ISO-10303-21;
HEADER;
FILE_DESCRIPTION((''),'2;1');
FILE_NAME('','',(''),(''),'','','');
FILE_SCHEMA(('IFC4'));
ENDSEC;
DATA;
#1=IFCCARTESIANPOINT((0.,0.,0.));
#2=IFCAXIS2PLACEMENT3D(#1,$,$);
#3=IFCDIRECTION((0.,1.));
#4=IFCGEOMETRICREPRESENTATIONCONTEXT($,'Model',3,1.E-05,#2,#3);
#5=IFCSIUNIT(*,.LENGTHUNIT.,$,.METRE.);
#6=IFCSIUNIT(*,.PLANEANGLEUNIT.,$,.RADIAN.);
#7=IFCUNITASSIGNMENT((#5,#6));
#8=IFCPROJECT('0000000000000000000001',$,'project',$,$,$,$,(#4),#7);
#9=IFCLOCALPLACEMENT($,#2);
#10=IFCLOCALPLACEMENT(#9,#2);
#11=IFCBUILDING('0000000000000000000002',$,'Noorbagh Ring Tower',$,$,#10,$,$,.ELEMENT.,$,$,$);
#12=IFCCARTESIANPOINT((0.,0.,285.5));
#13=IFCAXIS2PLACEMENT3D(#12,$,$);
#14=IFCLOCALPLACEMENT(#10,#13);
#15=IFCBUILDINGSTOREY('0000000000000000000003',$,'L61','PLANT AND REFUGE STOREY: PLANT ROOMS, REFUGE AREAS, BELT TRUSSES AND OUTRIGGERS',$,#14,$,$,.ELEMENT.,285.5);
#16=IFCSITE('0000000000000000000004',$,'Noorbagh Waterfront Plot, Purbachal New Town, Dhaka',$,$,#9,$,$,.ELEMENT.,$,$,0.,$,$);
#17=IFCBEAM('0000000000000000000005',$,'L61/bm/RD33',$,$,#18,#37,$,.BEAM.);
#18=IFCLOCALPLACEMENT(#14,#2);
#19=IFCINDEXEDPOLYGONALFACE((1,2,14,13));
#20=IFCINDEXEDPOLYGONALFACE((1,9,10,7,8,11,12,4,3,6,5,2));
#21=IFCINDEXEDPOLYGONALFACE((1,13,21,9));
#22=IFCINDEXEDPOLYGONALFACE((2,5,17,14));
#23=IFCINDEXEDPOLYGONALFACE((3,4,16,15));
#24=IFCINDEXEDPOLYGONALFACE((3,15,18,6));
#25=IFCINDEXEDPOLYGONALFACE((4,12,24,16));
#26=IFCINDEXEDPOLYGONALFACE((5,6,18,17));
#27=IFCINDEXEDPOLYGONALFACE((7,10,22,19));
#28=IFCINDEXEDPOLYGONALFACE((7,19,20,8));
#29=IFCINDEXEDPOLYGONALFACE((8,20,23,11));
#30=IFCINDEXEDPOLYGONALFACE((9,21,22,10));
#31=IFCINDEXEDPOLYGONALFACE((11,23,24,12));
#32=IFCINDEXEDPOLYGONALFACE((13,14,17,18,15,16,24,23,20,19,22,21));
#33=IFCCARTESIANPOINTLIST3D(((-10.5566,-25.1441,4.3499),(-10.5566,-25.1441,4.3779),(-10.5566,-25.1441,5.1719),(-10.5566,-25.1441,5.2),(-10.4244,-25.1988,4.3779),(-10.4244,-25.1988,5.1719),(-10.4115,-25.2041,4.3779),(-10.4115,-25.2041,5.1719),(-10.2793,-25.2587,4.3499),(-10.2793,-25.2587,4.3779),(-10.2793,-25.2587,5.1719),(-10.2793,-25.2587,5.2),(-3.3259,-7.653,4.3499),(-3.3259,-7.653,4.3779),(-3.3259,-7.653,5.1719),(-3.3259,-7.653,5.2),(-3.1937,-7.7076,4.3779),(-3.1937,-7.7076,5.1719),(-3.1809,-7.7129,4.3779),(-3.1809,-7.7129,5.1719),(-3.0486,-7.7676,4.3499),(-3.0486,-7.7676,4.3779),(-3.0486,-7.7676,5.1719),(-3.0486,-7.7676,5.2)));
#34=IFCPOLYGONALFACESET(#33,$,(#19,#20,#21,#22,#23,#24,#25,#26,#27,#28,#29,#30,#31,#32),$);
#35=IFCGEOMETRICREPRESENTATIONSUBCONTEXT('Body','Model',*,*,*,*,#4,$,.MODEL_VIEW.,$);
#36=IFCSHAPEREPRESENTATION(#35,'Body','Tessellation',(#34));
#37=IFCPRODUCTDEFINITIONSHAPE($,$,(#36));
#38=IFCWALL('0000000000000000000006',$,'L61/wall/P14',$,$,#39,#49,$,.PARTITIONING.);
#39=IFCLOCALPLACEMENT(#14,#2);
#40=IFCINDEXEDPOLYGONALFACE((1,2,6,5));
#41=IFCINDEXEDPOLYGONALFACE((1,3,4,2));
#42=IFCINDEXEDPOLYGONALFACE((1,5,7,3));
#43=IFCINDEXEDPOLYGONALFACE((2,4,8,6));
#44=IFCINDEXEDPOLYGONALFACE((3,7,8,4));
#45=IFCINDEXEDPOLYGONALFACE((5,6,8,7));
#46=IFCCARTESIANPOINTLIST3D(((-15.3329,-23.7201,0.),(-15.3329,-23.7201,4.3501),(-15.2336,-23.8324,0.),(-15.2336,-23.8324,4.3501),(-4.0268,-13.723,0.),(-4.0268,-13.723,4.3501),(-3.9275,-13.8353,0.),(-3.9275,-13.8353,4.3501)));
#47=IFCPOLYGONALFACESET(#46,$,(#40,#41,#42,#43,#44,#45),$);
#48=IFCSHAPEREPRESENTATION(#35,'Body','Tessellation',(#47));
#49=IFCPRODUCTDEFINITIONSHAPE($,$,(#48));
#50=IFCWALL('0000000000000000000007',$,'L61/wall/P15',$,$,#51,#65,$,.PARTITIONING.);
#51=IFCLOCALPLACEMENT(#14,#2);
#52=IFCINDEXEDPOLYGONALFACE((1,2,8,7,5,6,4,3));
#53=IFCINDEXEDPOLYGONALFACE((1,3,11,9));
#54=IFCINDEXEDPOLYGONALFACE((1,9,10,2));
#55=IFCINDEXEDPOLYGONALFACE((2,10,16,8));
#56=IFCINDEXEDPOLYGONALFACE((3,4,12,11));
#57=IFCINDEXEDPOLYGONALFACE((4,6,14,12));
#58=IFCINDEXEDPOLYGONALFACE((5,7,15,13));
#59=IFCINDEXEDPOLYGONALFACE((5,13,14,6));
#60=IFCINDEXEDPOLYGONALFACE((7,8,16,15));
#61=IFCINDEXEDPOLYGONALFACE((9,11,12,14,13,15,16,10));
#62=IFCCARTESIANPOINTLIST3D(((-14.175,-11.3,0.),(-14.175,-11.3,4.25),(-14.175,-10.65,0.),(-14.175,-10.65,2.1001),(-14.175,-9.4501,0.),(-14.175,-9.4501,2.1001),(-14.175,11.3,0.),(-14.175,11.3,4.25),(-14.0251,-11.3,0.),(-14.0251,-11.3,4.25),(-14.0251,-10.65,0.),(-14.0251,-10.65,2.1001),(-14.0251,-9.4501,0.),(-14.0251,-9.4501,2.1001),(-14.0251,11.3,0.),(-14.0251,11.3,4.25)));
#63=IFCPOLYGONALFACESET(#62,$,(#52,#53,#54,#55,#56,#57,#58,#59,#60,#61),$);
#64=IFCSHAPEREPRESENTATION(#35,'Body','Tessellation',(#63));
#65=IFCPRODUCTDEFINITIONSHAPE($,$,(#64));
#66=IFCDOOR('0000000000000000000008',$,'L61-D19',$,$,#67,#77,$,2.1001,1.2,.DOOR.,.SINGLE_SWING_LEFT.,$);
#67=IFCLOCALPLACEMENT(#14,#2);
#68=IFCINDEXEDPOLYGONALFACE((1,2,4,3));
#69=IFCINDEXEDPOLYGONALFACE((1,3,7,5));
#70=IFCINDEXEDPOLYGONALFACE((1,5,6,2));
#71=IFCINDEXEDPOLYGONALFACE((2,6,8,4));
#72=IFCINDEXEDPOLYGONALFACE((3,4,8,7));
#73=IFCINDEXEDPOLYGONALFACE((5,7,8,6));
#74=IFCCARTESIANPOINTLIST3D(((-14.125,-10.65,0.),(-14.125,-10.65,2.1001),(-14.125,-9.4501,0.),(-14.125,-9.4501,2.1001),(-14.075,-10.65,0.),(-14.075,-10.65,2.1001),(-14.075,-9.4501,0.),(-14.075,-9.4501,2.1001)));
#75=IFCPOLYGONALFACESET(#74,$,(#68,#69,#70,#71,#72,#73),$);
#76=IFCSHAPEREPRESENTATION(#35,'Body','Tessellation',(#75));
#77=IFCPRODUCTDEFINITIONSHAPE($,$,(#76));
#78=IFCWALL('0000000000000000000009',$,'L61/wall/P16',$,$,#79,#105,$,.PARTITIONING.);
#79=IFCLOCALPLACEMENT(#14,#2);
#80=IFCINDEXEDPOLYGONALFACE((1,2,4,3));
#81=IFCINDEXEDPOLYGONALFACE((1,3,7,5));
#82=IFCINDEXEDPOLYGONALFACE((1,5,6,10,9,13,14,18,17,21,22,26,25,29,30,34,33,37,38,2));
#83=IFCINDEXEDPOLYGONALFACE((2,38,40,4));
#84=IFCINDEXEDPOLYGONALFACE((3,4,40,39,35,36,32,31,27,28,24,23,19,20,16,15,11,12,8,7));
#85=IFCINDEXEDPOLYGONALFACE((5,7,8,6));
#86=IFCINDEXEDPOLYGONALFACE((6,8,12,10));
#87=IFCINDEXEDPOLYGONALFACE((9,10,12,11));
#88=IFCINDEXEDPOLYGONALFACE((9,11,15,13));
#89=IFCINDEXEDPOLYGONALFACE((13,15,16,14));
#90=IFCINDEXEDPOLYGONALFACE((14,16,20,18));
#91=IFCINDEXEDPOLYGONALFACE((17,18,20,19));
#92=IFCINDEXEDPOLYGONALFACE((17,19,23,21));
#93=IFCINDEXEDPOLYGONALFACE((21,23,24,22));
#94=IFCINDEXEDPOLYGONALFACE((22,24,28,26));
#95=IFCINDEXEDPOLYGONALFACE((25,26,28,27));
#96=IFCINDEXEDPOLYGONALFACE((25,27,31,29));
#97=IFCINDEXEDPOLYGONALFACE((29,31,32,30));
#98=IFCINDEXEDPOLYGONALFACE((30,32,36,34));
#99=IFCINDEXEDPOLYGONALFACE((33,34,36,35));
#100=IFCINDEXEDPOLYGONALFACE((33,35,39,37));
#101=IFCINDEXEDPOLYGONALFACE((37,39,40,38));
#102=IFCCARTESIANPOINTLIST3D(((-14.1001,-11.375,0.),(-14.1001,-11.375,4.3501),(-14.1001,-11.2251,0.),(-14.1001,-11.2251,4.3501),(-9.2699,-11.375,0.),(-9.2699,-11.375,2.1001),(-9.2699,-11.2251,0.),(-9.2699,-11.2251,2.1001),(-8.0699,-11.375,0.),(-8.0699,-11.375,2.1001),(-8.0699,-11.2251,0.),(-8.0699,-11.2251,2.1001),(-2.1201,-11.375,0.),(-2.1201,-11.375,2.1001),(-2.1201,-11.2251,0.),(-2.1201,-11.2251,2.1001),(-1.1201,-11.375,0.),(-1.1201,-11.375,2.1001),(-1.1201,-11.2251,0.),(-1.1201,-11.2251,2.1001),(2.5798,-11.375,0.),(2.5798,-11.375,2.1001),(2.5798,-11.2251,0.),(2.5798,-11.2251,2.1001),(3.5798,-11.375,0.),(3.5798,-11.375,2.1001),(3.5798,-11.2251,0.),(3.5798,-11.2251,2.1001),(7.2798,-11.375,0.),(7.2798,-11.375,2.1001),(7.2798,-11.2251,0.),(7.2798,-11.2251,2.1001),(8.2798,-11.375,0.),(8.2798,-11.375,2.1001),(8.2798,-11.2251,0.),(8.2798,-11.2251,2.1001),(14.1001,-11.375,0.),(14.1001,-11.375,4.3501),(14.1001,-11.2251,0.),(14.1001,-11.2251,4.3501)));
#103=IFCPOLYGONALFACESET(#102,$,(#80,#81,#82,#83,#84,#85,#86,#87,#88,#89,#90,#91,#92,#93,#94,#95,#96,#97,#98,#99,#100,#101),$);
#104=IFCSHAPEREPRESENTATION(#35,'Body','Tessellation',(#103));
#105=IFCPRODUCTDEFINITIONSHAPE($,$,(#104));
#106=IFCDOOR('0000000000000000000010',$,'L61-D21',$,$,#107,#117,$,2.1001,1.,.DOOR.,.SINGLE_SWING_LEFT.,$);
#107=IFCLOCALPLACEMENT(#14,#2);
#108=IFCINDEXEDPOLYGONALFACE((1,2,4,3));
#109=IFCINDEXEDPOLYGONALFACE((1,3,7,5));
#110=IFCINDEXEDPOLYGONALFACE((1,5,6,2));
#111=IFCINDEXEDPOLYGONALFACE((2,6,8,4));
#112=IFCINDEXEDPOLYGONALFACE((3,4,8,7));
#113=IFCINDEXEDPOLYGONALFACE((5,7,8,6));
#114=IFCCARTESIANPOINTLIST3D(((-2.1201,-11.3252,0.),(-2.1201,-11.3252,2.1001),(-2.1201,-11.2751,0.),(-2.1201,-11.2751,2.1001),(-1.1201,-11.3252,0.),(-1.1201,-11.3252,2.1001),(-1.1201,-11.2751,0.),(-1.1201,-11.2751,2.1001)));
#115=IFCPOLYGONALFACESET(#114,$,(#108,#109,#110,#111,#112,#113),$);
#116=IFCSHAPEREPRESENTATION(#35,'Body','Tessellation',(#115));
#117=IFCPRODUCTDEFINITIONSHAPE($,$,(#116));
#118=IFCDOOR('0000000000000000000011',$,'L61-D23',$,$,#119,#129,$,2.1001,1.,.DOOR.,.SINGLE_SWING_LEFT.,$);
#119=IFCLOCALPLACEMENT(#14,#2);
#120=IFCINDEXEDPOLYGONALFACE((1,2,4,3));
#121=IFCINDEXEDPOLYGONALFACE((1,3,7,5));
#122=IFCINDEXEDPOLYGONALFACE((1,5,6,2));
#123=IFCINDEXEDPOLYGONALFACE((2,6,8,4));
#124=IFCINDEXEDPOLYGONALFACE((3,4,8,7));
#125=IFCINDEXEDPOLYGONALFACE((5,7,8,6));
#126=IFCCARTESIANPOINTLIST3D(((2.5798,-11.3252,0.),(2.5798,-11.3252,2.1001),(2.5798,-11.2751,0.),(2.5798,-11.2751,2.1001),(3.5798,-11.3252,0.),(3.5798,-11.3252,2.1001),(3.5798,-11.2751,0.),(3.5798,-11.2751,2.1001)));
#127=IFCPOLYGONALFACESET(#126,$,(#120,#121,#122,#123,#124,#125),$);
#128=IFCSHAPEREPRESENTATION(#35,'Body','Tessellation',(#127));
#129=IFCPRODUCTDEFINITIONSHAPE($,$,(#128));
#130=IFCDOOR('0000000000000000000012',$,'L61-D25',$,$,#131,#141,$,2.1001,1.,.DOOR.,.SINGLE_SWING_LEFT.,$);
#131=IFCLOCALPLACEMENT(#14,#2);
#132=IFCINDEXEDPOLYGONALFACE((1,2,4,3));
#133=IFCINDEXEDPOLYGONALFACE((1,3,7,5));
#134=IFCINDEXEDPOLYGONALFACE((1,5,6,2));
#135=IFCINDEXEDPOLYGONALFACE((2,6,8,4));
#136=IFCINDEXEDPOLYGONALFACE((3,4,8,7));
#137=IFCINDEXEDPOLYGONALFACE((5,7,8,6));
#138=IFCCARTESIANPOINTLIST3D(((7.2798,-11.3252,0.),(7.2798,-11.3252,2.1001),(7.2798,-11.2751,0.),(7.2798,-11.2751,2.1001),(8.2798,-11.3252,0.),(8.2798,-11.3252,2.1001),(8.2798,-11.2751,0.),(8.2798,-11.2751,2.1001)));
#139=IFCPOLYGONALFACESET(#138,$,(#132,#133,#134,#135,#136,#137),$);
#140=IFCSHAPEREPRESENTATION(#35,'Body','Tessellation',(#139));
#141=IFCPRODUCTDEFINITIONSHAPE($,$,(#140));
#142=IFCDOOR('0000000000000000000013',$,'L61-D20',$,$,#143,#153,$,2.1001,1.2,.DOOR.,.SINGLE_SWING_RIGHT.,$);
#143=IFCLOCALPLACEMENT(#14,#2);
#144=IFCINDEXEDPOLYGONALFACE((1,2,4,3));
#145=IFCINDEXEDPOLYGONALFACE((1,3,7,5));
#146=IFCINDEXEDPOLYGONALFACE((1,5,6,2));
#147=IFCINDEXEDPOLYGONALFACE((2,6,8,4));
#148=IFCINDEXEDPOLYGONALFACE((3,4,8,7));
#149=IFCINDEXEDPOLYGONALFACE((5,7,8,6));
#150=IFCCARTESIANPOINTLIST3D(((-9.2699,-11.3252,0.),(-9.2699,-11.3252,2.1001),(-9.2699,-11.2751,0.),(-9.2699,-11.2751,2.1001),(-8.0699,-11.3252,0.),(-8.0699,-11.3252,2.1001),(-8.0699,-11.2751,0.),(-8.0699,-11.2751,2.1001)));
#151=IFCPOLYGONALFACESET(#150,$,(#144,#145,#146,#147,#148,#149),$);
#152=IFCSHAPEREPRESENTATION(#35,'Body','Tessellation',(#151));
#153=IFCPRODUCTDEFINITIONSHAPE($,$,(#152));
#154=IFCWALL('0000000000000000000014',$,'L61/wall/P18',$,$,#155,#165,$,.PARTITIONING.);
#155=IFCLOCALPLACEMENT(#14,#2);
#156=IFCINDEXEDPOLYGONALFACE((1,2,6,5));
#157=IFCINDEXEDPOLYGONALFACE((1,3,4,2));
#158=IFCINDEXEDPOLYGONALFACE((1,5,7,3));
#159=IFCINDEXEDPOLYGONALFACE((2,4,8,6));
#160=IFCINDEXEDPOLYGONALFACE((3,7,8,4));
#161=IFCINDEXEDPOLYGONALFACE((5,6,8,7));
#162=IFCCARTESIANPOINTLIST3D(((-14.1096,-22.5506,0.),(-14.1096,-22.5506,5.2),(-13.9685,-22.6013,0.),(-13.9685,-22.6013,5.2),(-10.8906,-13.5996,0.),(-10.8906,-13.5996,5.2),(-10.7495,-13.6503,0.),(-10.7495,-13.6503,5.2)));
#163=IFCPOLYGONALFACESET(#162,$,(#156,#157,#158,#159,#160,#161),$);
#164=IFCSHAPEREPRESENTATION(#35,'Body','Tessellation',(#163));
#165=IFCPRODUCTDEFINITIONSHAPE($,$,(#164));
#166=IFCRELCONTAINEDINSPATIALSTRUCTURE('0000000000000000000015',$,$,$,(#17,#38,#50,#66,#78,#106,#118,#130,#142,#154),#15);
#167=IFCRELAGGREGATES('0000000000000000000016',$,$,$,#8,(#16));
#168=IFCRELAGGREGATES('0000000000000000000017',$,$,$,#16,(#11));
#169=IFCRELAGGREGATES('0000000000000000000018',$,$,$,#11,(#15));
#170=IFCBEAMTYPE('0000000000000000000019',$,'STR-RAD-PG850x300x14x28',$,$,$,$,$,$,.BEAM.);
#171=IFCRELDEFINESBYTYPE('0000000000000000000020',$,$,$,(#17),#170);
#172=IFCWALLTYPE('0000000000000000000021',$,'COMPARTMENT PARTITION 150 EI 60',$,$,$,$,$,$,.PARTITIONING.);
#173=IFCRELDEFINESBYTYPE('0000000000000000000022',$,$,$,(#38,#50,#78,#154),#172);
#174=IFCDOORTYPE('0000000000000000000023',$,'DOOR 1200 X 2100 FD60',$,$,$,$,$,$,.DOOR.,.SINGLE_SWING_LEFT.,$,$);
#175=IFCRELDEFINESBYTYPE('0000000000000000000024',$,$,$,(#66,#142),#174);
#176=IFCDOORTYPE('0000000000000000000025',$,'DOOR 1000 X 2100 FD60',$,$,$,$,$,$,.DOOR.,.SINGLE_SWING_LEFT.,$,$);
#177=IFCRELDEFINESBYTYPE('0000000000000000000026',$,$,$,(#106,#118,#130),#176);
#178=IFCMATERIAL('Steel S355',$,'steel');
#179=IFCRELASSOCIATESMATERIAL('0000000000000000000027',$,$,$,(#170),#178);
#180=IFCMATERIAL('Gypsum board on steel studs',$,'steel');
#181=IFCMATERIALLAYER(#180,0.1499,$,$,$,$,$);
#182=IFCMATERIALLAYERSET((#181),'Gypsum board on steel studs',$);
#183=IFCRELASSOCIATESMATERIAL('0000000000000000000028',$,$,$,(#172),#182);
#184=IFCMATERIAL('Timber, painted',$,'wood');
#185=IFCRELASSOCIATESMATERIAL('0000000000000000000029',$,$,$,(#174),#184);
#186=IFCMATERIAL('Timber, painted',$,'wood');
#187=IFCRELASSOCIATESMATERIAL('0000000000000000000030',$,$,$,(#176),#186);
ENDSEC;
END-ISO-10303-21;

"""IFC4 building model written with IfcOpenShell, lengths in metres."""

from ifc_helpers import new_model, si_unit, direction, frame, frame_2d, origin, origin_2d, place, context, subcontext, project, spatial, rectangle, i_section, extrude, material, layer, layer_set, material_profile, profile_set, type_object, element, fill, save


model = new_model("IFC4")

# Units and contexts
model_context = context("Model", 3, precision=1e-05, world=origin(), true_north=direction((0.0, 1.0)))
body_context = subcontext(model_context, "Body", "Model", "MODEL_VIEW")
ifc_project = project(units=[si_unit("LENGTHUNIT", "METRE"), si_unit("PLANEANGLEUNIT", "RADIAN")], contexts=[model_context])

# Site, building, storey
site_placement = place(None, origin())
site = spatial("IfcSite", under=ifc_project, at=site_placement, Name="Noorbagh Waterfront Plot, Purbachal New Town, Dhaka", CompositionType="ELEMENT", RefElevation=0.0)
building_placement = place(site_placement, origin())
building = spatial("IfcBuilding", under=site, at=building_placement, Name="Noorbagh Ring Tower", CompositionType="ELEMENT")
storey_placement = place(building_placement, frame((0.0, 0.0, 285.5)))
storey = spatial("IfcBuildingStorey", under=building, at=storey_placement, Name="L61", Description="PLANT AND REFUGE STOREY: PLANT ROOMS, REFUGE AREAS, BELT TRUSSES AND OUTRIGGERS", CompositionType="ELEMENT", Elevation=285.5)

# Beam
ifc_material_1 = material(Name="Steel S355", Category="steel")
ifc_material_profile_1 = material_profile(ifc_material_1, i_section(OverallWidth=0.3, OverallDepth=0.8501, WebThickness=0.0139, FlangeThickness=0.0281, at=origin_2d()), Name="PG850x300x14x28")
ifc_profile_set_1 = profile_set([ifc_material_profile_1], Name="Steel S355")
beam_type_1 = type_object("IfcBeamType", Name="STR-RAD-PG850x300x14x28", PredefinedType="BEAM", material=ifc_profile_set_1)
beam_placement = place(storey_placement, frame((-10.418, -25.2014, 4.7749), z_axis=(0.382035, 0.924148, 0.0), x_axis=(-0.924148, 0.382035, 0.0)))
element("IfcBeam", 1, at=beam_placement, inside=storey, type_object=beam_type_1, Name="L61/bm/RD33", PredefinedType="BEAM", context=body_context, shape_type="SweptSolid", body=[
    extrude(i_section(OverallWidth=0.3, OverallDepth=0.8501, WebThickness=0.0139, FlangeThickness=0.0281, at=origin_2d()), origin(), (0.0, 0.0, 1.0), 18.9268),
])

# Wall
ifc_material_2 = material(Name="Gypsum board on steel studs", Category="steel")
ifc_layer_1 = layer(ifc_material_2, 0.1499)
ifc_layer_set_1 = layer_set([ifc_layer_1], Name="Gypsum board on steel studs")
wall_type_1 = type_object("IfcWallType", Name="COMPARTMENT PARTITION 150 EI 60", PredefinedType="PARTITIONING", material=ifc_layer_set_1)
wall_1_placement = place(storey_placement, frame((-15.2832, -23.7761, 0.0), z_axis=(0.0, 0.0, 1.0), x_axis=(0.749145, 0.662406, 0.0)))
element("IfcWall", 2, at=wall_1_placement, inside=storey, type_object=wall_type_1, Name="L61/wall/P14", PredefinedType="PARTITIONING", context=body_context, shape_type="SweptSolid", body=[
    extrude(rectangle(XDim=15.092, YDim=0.1499, at=frame_2d((7.5459, 0.0))), origin(), (0.0, 0.0, 1.0), 4.3501),
])

# Wall, opening, door
wall_2_placement = place(storey_placement, frame((-14.1001, -11.3, 0.0), z_axis=(0.0, 0.0, 1.0), x_axis=(0.0, 1.0, 0.0)))
wall_2 = element("IfcWall", 3, at=wall_2_placement, inside=storey, type_object=wall_type_1, Name="L61/wall/P15", PredefinedType="PARTITIONING", context=body_context, shape_type="SweptSolid", body=[
    extrude(rectangle(XDim=22.6001, YDim=0.1499, at=frame_2d((11.3, 0.0))), origin(), (0.0, 0.0, 1.0), 4.25),
])
opening_1_placement = place(wall_2_placement, frame((0.6499, 0.0, 0.0)))
opening_1 = element("IfcOpeningElement", 4, at=opening_1_placement, cuts=wall_2, PredefinedType="OPENING", context=body_context, shape_type="SweptSolid", body=[
    extrude(rectangle(XDim=1.2, YDim=2.1001, at=frame_2d((0.6001, 1.05))), frame((0.0, 0.085, 0.0), z_axis=(0.0, -1.0, 0.0), x_axis=(1.0, 0.0, 0.0)), (0.0, 0.0, 1.0), 0.1699),
])
ifc_material_3 = material(Name="Timber, painted", Category="wood")
door_type_1 = type_object("IfcDoorType", Name="DOOR 1200 X 2100 FD60", OperationType="SINGLE_SWING_LEFT", PredefinedType="DOOR", material=ifc_material_3)
door_1_placement = place(opening_1_placement, origin())
door_1 = element("IfcDoor", 5, at=door_1_placement, inside=storey, type_object=door_type_1, Name="L61-D19", OperationType="SINGLE_SWING_LEFT", OverallHeight=2.1001, OverallWidth=1.2, PredefinedType="DOOR", context=body_context, shape_type="SweptSolid", body=[
    extrude(rectangle(XDim=1.2, YDim=2.1001, at=frame_2d((0.6001, 1.05))), frame((0.0, 0.0249, 0.0), z_axis=(0.0, -1.0, 0.0), x_axis=(1.0, 0.0, 0.0)), (0.0, 0.0, 1.0), 0.05),
])
fill(opening_1, door_1)

# Wall, openings, doors
wall_3_placement = place(storey_placement, frame((-14.1001, -11.3, 0.0), z_axis=(0.0, 0.0, 1.0), x_axis=(1.0, 0.0, 0.0)))
wall_3 = element("IfcWall", 6, at=wall_3_placement, inside=storey, type_object=wall_type_1, Name="L61/wall/P16", PredefinedType="PARTITIONING", context=body_context, shape_type="SweptSolid", body=[
    extrude(rectangle(XDim=28.2002, YDim=0.1499, at=frame_2d((14.1001, 0.0))), origin(), (0.0, 0.0, 1.0), 4.3501),
])
opening_2_placement = place(wall_3_placement, frame((4.8301, 0.0, 0.0)))
opening_2 = element("IfcOpeningElement", 7, at=opening_2_placement, cuts=wall_3, PredefinedType="OPENING", context=body_context, shape_type="SweptSolid", body=[
    extrude(rectangle(XDim=1.2, YDim=2.1001, at=frame_2d((0.6001, 1.05))), frame((0.0, 0.085, 0.0), z_axis=(0.0, -1.0, 0.0), x_axis=(1.0, 0.0, 0.0)), (0.0, 0.0, 1.0), 0.1699),
])
opening_3_placement = place(wall_3_placement, frame((11.98, 0.0, 0.0)))
opening_3 = element("IfcOpeningElement", 8, at=opening_3_placement, cuts=wall_3, PredefinedType="OPENING", context=body_context, shape_type="SweptSolid", body=[
    extrude(rectangle(XDim=1.0, YDim=2.1001, at=frame_2d((0.5, 1.05))), frame((0.0, 0.085, 0.0), z_axis=(0.0, -1.0, 0.0), x_axis=(1.0, 0.0, 0.0)), (0.0, 0.0, 1.0), 0.1699),
])
opening_4_placement = place(wall_3_placement, frame((16.6799, 0.0, 0.0)))
opening_4 = element("IfcOpeningElement", 9, at=opening_4_placement, cuts=wall_3, PredefinedType="OPENING", context=body_context, shape_type="SweptSolid", body=[
    extrude(rectangle(XDim=1.0, YDim=2.1001, at=frame_2d((0.5, 1.05))), frame((0.0, 0.085, 0.0), z_axis=(0.0, -1.0, 0.0), x_axis=(1.0, 0.0, 0.0)), (0.0, 0.0, 1.0), 0.1699),
])
opening_5_placement = place(wall_3_placement, frame((21.3799, 0.0, 0.0)))
opening_5 = element("IfcOpeningElement", 10, at=opening_5_placement, cuts=wall_3, PredefinedType="OPENING", context=body_context, shape_type="SweptSolid", body=[
    extrude(rectangle(XDim=1.0, YDim=2.1001, at=frame_2d((0.5, 1.05))), frame((0.0, 0.085, 0.0), z_axis=(0.0, -1.0, 0.0), x_axis=(1.0, 0.0, 0.0)), (0.0, 0.0, 1.0), 0.1699),
])
ifc_material_4 = material(Name="Timber, painted", Category="wood")
door_type_2 = type_object("IfcDoorType", Name="DOOR 1000 X 2100 FD60", OperationType="SINGLE_SWING_LEFT", PredefinedType="DOOR", material=ifc_material_4)
door_2_placement = place(opening_3_placement, origin())
door_2 = element("IfcDoor", 11, at=door_2_placement, inside=storey, type_object=door_type_2, Name="L61-D21", OperationType="SINGLE_SWING_LEFT", OverallHeight=2.1001, OverallWidth=1.0, PredefinedType="DOOR", context=body_context, shape_type="SweptSolid", body=[
    extrude(rectangle(XDim=1.0, YDim=2.1001, at=frame_2d((0.5, 1.05))), frame((0.0, 0.0249, 0.0), z_axis=(0.0, -1.0, 0.0), x_axis=(1.0, 0.0, 0.0)), (0.0, 0.0, 1.0), 0.05),
])
fill(opening_3, door_2)
door_3_placement = place(opening_4_placement, origin())
door_3 = element("IfcDoor", 12, at=door_3_placement, inside=storey, type_object=door_type_2, Name="L61-D23", OperationType="SINGLE_SWING_LEFT", OverallHeight=2.1001, OverallWidth=1.0, PredefinedType="DOOR", context=body_context, shape_type="SweptSolid", body=[
    extrude(rectangle(XDim=1.0, YDim=2.1001, at=frame_2d((0.5, 1.05))), frame((0.0, 0.0249, 0.0), z_axis=(0.0, -1.0, 0.0), x_axis=(1.0, 0.0, 0.0)), (0.0, 0.0, 1.0), 0.05),
])
fill(opening_4, door_3)
door_4_placement = place(opening_5_placement, origin())
door_4 = element("IfcDoor", 13, at=door_4_placement, inside=storey, type_object=door_type_2, Name="L61-D25", OperationType="SINGLE_SWING_LEFT", OverallHeight=2.1001, OverallWidth=1.0, PredefinedType="DOOR", context=body_context, shape_type="SweptSolid", body=[
    extrude(rectangle(XDim=1.0, YDim=2.1001, at=frame_2d((0.5, 1.05))), frame((0.0, 0.0249, 0.0), z_axis=(0.0, -1.0, 0.0), x_axis=(1.0, 0.0, 0.0)), (0.0, 0.0, 1.0), 0.05),
])
fill(opening_5, door_4)
door_5_placement = place(opening_2_placement, origin())
door_5 = element("IfcDoor", 14, at=door_5_placement, inside=storey, type_object=door_type_1, Name="L61-D20", OperationType="SINGLE_SWING_RIGHT", OverallHeight=2.1001, OverallWidth=1.2, PredefinedType="DOOR", context=body_context, shape_type="SweptSolid", body=[
    extrude(rectangle(XDim=1.2, YDim=2.1001, at=frame_2d((0.6001, 1.05))), frame((0.0, 0.0249, 0.0), z_axis=(0.0, -1.0, 0.0), x_axis=(1.0, 0.0, 0.0)), (0.0, 0.0, 1.0), 0.05),
])
fill(opening_2, door_5)

# Wall
wall_4_placement = place(storey_placement, frame((-14.0391, -22.5759, 0.0), z_axis=(0.0, 0.0, 1.0), x_axis=(0.338409, 0.940999, 0.0)))
element("IfcWall", 15, at=wall_4_placement, inside=storey, type_object=wall_type_1, Name="L61/wall/P18", PredefinedType="PARTITIONING", context=body_context, shape_type="SweptSolid", body=[
    extrude(rectangle(XDim=9.5122, YDim=0.1499, at=frame_2d((4.7561, 0.0))), origin(), (0.0, 0.0, 1.0), 5.2),
])

save(model, "model.ifc")
